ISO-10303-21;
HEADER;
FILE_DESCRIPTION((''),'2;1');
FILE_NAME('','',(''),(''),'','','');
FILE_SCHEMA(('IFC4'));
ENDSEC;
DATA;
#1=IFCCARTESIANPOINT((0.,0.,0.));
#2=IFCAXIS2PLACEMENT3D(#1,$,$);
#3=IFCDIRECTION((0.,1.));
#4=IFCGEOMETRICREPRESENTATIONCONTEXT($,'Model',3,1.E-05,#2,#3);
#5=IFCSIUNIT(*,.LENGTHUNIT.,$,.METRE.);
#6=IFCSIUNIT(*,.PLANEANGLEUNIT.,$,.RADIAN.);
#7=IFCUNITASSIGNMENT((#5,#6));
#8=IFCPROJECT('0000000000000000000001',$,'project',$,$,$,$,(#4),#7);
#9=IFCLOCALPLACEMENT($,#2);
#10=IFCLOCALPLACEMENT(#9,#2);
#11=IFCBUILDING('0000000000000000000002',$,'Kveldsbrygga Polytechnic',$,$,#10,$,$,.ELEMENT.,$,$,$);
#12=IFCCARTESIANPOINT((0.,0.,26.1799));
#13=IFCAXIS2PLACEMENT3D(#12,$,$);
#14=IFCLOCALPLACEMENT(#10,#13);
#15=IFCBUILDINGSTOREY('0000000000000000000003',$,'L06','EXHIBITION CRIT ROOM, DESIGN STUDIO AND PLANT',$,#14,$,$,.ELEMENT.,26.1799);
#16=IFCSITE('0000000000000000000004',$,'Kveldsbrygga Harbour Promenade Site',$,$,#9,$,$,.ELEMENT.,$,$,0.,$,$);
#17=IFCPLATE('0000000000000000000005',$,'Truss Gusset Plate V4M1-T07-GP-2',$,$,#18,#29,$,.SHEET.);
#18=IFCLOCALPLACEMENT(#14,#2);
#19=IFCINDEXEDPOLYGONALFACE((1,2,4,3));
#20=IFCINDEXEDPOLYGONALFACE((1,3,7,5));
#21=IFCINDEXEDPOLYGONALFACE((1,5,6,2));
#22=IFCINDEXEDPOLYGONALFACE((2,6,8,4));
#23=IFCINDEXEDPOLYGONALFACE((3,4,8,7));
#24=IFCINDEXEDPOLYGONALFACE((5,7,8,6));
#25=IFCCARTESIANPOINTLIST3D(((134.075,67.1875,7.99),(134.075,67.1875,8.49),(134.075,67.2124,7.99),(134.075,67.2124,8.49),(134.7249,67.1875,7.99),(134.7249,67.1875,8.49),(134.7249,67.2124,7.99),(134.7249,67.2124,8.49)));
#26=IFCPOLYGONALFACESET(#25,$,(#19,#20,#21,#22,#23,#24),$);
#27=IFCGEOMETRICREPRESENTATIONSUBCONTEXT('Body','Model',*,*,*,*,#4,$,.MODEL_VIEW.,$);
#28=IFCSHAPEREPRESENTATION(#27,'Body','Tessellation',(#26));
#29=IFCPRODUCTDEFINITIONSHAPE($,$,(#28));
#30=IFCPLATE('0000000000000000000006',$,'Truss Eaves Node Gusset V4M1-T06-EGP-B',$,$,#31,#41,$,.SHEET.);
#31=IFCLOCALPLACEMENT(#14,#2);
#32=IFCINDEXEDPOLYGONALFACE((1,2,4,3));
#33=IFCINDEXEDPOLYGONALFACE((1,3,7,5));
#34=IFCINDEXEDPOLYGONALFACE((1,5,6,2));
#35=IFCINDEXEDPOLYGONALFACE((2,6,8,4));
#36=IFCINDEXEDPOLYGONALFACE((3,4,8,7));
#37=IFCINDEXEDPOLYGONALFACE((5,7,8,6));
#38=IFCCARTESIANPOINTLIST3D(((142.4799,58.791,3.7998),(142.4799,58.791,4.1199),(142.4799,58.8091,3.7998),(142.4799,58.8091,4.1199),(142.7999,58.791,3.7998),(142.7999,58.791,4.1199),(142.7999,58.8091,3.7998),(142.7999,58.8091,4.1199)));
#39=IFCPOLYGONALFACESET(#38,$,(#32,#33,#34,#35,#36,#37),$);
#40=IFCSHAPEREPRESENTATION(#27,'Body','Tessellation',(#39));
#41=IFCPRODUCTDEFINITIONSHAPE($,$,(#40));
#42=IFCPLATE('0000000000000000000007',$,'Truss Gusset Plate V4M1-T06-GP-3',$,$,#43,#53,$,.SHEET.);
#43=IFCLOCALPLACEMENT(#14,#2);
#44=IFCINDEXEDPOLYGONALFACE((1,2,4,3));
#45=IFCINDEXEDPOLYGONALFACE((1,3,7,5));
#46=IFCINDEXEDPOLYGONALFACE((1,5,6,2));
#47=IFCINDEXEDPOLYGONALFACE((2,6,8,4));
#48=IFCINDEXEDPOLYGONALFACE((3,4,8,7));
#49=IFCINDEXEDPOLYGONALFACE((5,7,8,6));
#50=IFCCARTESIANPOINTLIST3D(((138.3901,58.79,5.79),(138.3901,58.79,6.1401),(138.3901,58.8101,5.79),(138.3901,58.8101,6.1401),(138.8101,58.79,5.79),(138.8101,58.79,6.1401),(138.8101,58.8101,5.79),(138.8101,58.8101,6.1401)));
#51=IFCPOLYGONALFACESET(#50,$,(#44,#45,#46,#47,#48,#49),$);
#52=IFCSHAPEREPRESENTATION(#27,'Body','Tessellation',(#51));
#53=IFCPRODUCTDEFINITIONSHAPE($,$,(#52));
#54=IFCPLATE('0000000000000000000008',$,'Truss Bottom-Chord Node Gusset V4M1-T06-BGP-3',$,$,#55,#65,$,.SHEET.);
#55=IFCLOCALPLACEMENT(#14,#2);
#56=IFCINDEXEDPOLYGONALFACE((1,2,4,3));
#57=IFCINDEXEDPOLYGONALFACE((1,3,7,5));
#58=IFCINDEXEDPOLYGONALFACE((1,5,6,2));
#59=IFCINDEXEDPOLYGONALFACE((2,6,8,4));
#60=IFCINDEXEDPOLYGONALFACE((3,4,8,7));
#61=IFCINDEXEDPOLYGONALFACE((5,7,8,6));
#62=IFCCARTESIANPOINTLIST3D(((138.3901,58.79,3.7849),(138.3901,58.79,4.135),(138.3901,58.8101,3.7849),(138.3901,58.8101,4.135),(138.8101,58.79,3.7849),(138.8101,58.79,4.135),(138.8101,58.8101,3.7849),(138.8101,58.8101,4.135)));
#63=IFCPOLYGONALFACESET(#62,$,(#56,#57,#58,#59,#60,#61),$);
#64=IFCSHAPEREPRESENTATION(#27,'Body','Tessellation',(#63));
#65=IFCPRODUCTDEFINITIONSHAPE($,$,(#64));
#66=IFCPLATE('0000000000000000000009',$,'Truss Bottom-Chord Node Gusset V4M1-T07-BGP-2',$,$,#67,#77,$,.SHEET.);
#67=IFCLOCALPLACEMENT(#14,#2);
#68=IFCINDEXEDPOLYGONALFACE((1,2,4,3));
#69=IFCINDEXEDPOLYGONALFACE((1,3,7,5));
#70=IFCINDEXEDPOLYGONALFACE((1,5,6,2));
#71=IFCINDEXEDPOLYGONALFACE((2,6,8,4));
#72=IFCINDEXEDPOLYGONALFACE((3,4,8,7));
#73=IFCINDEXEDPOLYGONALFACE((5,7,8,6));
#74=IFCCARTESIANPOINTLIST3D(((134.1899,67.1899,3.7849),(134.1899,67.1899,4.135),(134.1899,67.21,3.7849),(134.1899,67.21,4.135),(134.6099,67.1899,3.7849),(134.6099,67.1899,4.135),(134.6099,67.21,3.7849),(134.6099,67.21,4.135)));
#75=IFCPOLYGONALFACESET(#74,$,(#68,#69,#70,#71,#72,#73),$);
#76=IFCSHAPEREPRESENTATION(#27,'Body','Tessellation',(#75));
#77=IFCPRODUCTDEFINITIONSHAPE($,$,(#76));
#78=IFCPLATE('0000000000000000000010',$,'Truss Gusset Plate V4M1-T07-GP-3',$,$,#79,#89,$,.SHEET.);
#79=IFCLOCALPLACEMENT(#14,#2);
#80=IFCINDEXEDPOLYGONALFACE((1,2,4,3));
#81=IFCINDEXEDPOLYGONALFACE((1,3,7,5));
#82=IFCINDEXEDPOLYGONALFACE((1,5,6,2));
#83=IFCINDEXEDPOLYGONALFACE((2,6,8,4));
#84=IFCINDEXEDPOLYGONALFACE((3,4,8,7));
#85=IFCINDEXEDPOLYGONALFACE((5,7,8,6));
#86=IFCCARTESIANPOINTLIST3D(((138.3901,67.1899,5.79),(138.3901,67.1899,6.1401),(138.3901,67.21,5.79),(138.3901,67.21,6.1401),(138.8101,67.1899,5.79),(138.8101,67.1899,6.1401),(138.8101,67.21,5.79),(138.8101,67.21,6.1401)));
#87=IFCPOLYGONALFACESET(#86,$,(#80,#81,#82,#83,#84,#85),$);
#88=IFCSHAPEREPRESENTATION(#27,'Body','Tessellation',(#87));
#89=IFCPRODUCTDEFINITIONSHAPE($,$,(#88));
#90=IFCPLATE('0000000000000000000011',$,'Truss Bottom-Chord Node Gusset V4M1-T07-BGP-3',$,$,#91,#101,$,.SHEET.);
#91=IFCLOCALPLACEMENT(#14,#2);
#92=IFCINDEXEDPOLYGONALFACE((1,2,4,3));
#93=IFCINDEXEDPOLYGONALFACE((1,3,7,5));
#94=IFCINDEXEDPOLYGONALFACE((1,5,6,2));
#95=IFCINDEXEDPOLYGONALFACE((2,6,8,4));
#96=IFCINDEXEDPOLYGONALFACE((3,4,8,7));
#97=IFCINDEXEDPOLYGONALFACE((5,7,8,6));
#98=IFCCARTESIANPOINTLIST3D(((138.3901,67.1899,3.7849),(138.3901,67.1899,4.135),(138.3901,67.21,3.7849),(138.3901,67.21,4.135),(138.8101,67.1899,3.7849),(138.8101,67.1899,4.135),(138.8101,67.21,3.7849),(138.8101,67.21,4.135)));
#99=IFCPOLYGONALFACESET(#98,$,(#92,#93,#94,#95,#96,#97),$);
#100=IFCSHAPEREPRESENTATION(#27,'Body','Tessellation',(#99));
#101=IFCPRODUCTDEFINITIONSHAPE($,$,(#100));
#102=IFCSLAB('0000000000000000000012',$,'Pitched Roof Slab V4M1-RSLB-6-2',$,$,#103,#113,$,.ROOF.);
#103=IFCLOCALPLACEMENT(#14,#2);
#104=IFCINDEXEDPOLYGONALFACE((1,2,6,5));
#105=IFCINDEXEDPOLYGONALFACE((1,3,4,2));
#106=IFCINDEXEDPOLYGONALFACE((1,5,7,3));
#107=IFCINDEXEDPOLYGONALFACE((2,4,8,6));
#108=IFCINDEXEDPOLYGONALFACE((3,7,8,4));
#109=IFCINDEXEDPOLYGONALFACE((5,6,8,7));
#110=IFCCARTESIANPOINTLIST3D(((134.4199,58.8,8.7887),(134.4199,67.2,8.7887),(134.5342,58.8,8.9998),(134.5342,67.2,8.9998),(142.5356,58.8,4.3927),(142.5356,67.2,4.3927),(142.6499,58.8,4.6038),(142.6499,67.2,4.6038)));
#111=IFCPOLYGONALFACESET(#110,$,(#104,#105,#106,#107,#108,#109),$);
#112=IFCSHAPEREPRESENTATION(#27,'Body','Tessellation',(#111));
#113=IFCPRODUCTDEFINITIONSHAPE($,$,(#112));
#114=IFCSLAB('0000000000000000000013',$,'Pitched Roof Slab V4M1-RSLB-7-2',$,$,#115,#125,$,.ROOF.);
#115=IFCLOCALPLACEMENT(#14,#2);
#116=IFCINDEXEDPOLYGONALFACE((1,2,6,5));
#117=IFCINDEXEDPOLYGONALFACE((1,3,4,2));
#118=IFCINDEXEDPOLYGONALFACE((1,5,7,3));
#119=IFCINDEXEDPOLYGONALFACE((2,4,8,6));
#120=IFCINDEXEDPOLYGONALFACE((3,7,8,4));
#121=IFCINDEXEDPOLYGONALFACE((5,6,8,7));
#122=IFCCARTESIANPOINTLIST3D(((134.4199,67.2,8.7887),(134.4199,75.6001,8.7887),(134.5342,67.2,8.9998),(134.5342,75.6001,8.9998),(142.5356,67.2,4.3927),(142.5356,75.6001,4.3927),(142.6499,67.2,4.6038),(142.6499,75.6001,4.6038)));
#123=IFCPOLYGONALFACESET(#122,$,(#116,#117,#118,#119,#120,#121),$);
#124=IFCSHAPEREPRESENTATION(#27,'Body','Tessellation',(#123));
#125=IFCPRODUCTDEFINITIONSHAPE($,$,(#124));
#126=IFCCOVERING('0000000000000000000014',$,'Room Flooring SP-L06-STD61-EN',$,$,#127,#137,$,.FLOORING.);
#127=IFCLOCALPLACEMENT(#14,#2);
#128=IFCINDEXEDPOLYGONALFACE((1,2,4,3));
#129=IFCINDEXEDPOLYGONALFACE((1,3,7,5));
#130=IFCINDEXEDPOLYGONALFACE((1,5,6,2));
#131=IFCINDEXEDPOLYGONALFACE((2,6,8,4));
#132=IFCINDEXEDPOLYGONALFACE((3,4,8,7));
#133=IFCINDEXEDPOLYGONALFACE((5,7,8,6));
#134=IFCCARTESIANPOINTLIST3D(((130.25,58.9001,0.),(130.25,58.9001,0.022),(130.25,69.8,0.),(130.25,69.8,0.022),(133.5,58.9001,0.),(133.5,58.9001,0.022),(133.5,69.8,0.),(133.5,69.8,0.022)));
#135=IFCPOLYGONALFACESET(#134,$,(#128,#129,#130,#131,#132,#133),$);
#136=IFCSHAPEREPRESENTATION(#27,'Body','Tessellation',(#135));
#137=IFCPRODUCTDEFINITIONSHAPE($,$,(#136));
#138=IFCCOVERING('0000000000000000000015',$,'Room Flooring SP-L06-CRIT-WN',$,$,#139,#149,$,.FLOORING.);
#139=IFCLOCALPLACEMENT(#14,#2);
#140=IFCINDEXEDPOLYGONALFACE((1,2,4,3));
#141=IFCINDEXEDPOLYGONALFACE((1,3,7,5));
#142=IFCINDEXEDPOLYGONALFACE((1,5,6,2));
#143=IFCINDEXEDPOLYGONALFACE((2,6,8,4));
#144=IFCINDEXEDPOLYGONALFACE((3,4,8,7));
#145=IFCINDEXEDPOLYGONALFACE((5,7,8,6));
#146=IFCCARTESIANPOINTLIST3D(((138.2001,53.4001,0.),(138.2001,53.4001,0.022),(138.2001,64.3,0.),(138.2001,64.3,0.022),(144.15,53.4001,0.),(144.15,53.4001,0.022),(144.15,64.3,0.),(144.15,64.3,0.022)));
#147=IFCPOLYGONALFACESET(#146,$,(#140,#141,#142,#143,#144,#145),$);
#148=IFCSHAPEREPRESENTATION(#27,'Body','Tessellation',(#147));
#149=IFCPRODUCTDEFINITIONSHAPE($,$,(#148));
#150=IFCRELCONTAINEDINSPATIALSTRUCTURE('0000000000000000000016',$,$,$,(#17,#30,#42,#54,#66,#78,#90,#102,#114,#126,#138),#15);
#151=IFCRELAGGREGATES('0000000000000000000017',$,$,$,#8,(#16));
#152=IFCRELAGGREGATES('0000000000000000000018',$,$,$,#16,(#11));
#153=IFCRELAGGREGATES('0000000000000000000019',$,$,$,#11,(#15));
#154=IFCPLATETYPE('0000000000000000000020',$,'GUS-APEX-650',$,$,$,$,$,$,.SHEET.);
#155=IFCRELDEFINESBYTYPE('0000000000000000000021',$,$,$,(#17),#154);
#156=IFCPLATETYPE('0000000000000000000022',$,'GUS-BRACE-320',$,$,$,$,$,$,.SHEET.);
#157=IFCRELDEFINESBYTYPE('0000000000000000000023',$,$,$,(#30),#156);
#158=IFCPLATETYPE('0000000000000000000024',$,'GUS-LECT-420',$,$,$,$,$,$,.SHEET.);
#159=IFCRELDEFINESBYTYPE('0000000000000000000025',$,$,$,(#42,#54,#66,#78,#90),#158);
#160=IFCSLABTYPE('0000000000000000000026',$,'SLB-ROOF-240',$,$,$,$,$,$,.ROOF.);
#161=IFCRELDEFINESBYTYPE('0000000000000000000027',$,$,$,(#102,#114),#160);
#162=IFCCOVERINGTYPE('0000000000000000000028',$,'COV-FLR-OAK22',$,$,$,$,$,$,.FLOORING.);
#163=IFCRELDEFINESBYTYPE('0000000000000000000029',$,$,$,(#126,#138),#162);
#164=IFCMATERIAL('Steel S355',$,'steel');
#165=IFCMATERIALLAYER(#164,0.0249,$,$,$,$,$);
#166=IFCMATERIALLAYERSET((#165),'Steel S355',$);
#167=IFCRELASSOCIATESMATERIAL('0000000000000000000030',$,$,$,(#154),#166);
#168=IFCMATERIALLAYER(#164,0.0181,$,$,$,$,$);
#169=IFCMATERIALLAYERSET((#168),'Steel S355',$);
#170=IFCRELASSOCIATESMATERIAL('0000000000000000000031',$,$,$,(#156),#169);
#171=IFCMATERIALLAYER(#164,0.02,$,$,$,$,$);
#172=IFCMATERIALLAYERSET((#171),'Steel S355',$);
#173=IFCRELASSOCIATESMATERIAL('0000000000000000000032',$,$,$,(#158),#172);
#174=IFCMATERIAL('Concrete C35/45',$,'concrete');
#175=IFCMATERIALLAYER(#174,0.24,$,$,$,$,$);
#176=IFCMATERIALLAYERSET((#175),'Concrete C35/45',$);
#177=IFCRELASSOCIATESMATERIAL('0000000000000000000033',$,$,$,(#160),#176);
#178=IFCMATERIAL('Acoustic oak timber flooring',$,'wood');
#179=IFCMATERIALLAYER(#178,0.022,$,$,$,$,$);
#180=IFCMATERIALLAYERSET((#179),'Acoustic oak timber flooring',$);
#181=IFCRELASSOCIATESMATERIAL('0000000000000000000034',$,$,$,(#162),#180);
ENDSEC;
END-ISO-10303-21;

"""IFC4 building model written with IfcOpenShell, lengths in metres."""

from ifc_helpers import new_model, si_unit, direction, frame, origin, origin_2d, place, context, subcontext, project, spatial, polyline, rectangle, outline, extrude, material, layer, layer_set, type_object, element, save


model = new_model("IFC4")

# Units and contexts
model_context = context("Model", 3, precision=1e-05, world=origin(), true_north=direction((0.0, 1.0)))
body_context = subcontext(model_context, "Body", "Model", "MODEL_VIEW")
ifc_project = project(units=[si_unit("LENGTHUNIT", "METRE"), si_unit("PLANEANGLEUNIT", "RADIAN")], contexts=[model_context])

# Site, building, storey
site_placement = place(None, origin())
site = spatial("IfcSite", under=ifc_project, at=site_placement, Name="Kveldsbrygga Harbour Promenade Site", CompositionType="ELEMENT", RefElevation=0.0)
building_placement = place(site_placement, origin())
building = spatial("IfcBuilding", under=site, at=building_placement, Name="Kveldsbrygga Polytechnic", CompositionType="ELEMENT")
storey_placement = place(building_placement, frame((0.0, 0.0, 26.1799)))
storey = spatial("IfcBuildingStorey", under=building, at=storey_placement, Name="L06", Description="EXHIBITION CRIT ROOM, DESIGN STUDIO AND PLANT", CompositionType="ELEMENT", Elevation=26.1799)

# Shared definitions
ifc_material_1 = material(Name="Steel S355", Category="steel")

# Plates
ifc_layer_1 = layer(ifc_material_1, 0.0249)
ifc_layer_set_1 = layer_set([ifc_layer_1], Name="Steel S355")
plate_type_1 = type_object("IfcPlateType", Name="GUS-APEX-650", PredefinedType="SHEET", material=ifc_layer_set_1)
plate_1_placement = place(storey_placement, frame((134.3999, 67.2, 7.99), z_axis=(0.0, 0.0, 1.0), x_axis=(1.0, 0.0, 0.0)))
element("IfcPlate", 1, at=plate_1_placement, inside=storey, type_object=plate_type_1, Name="Truss Gusset Plate V4M1-T07-GP-2", PredefinedType="SHEET", context=body_context, shape_type="SweptSolid", body=[
    extrude(rectangle(XDim=0.6499, YDim=0.0249, at=origin_2d()), origin(), (0.0, 0.0, 1.0), 0.5),
])
ifc_layer_2 = layer(ifc_material_1, 0.0181)
ifc_layer_set_2 = layer_set([ifc_layer_2], Name="Steel S355")
plate_type_2 = type_object("IfcPlateType", Name="GUS-BRACE-320", PredefinedType="SHEET", material=ifc_layer_set_2)
plate_2_placement = place(storey_placement, frame((142.6399, 58.8, 3.7998), z_axis=(0.0, 0.0, 1.0), x_axis=(1.0, 0.0, 0.0)))
element("IfcPlate", 2, at=plate_2_placement, inside=storey, type_object=plate_type_2, Name="Truss Eaves Node Gusset V4M1-T06-EGP-B", PredefinedType="SHEET", context=body_context, shape_type="SweptSolid", body=[
    extrude(rectangle(XDim=0.3201, YDim=0.0181, at=origin_2d()), origin(), (0.0, 0.0, 1.0), 0.3201),
])
ifc_layer_3 = layer(ifc_material_1, 0.02)
ifc_layer_set_3 = layer_set([ifc_layer_3], Name="Steel S355")
plate_type_3 = type_object("IfcPlateType", Name="GUS-LECT-420", PredefinedType="SHEET", material=ifc_layer_set_3)
for number, where, z_axis, x_axis, name in (
    (3, (138.6001, 58.8, 5.79), (0.0, 0.0, 1.0), (1.0, 0.0, 0.0), "Truss Gusset Plate V4M1-T06-GP-3"),
    (4, (138.6001, 58.8, 3.7849), (0.0, 0.0, 1.0), (1.0, 0.0, 0.0), "Truss Bottom-Chord Node Gusset V4M1-T06-BGP-3"),
    (5, (134.3999, 67.2, 3.7849), (0.0, 0.0, 1.0), (1.0, 0.0, 0.0), "Truss Bottom-Chord Node Gusset V4M1-T07-BGP-2"),
    (6, (138.6001, 67.2, 5.79), (0.0, 0.0, 1.0), (1.0, 0.0, 0.0), "Truss Gusset Plate V4M1-T07-GP-3"),
    (7, (138.6001, 67.2, 3.7849), (0.0, 0.0, 1.0), (1.0, 0.0, 0.0), "Truss Bottom-Chord Node Gusset V4M1-T07-BGP-3"),
):
    element("IfcPlate", number, at=place(storey_placement, frame(where, z_axis=z_axis, x_axis=x_axis)), inside=storey, type_object=plate_type_3, Name=name, PredefinedType="SHEET", context=body_context, shape_type="SweptSolid", body=[
        extrude(rectangle(XDim=0.4199, YDim=0.02, at=origin_2d()), origin(), (0.0, 0.0, 1.0), 0.3501),
    ])

# Slabs
ifc_material_2 = material(Name="Concrete C35/45", Category="concrete")
ifc_layer_4 = layer(ifc_material_2, 0.24)
ifc_layer_set_4 = layer_set([ifc_layer_4], Name="Concrete C35/45")
slab_type = type_object("IfcSlabType", Name="SLB-ROOF-240", PredefinedType="ROOF", material=ifc_layer_set_4)
slab_1_placement = place(storey_placement, frame((134.5342, 58.8, 8.9998), z_axis=(0.476281, 0.0, 0.879293), x_axis=(0.879293, 0.0, -0.476281)))
element("IfcSlab", 8, at=slab_1_placement, inside=storey, type_object=slab_type, Name="Pitched Roof Slab V4M1-RSLB-6-2", PredefinedType="ROOF", context=body_context, shape_type="SweptSolid", body=[
    extrude(outline(polyline([(0.0, 0.0), (9.2298, 0.0), (9.2298, 8.3999), (0.0, 8.3999), (0.0, 0.0)])), origin(), (0.0, 0.0, -1.0), 0.24),
])
slab_2_placement = place(storey_placement, frame((134.5342, 67.2, 8.9998), z_axis=(0.476281, 0.0, 0.879293), x_axis=(0.879293, 0.0, -0.476281)))
element("IfcSlab", 9, at=slab_2_placement, inside=storey, type_object=slab_type, Name="Pitched Roof Slab V4M1-RSLB-7-2", PredefinedType="ROOF", context=body_context, shape_type="SweptSolid", body=[
    extrude(outline(polyline([(0.0, 0.0), (9.2298, 0.0), (9.2298, 8.4001), (0.0, 8.4001), (0.0, 0.0)])), origin(), (0.0, 0.0, -1.0), 0.24),
])

# Coverings
ifc_material_3 = material(Name="Acoustic oak timber flooring", Category="wood")
ifc_layer_5 = layer(ifc_material_3, 0.022)
ifc_layer_set_5 = layer_set([ifc_layer_5], Name="Acoustic oak timber flooring")
covering_type = type_object("IfcCoveringType", Name="COV-FLR-OAK22", PredefinedType="FLOORING", material=ifc_layer_set_5)
covering_1_placement = place(storey_placement, frame((131.875, 64.3501, 0.0), z_axis=(0.0, 0.0, 1.0), x_axis=(1.0, 0.0, 0.0)))
element("IfcCovering", 10, at=covering_1_placement, inside=storey, type_object=covering_type, Name="Room Flooring SP-L06-STD61-EN", PredefinedType="FLOORING", context=body_context, shape_type="SweptSolid", body=[
    extrude(rectangle(XDim=3.25, YDim=10.8999, at=origin_2d()), origin(), (0.0, 0.0, 1.0), 0.022),
])
covering_2_placement = place(storey_placement, frame((141.175, 58.8501, 0.0), z_axis=(0.0, 0.0, 1.0), x_axis=(1.0, 0.0, 0.0)))
element("IfcCovering", 11, at=covering_2_placement, inside=storey, type_object=covering_type, Name="Room Flooring SP-L06-CRIT-WN", PredefinedType="FLOORING", context=body_context, shape_type="SweptSolid", body=[
    extrude(rectangle(XDim=5.95, YDim=10.8999, at=origin_2d()), origin(), (0.0, 0.0, 1.0), 0.022),
])

save(model, "model.ifc")
